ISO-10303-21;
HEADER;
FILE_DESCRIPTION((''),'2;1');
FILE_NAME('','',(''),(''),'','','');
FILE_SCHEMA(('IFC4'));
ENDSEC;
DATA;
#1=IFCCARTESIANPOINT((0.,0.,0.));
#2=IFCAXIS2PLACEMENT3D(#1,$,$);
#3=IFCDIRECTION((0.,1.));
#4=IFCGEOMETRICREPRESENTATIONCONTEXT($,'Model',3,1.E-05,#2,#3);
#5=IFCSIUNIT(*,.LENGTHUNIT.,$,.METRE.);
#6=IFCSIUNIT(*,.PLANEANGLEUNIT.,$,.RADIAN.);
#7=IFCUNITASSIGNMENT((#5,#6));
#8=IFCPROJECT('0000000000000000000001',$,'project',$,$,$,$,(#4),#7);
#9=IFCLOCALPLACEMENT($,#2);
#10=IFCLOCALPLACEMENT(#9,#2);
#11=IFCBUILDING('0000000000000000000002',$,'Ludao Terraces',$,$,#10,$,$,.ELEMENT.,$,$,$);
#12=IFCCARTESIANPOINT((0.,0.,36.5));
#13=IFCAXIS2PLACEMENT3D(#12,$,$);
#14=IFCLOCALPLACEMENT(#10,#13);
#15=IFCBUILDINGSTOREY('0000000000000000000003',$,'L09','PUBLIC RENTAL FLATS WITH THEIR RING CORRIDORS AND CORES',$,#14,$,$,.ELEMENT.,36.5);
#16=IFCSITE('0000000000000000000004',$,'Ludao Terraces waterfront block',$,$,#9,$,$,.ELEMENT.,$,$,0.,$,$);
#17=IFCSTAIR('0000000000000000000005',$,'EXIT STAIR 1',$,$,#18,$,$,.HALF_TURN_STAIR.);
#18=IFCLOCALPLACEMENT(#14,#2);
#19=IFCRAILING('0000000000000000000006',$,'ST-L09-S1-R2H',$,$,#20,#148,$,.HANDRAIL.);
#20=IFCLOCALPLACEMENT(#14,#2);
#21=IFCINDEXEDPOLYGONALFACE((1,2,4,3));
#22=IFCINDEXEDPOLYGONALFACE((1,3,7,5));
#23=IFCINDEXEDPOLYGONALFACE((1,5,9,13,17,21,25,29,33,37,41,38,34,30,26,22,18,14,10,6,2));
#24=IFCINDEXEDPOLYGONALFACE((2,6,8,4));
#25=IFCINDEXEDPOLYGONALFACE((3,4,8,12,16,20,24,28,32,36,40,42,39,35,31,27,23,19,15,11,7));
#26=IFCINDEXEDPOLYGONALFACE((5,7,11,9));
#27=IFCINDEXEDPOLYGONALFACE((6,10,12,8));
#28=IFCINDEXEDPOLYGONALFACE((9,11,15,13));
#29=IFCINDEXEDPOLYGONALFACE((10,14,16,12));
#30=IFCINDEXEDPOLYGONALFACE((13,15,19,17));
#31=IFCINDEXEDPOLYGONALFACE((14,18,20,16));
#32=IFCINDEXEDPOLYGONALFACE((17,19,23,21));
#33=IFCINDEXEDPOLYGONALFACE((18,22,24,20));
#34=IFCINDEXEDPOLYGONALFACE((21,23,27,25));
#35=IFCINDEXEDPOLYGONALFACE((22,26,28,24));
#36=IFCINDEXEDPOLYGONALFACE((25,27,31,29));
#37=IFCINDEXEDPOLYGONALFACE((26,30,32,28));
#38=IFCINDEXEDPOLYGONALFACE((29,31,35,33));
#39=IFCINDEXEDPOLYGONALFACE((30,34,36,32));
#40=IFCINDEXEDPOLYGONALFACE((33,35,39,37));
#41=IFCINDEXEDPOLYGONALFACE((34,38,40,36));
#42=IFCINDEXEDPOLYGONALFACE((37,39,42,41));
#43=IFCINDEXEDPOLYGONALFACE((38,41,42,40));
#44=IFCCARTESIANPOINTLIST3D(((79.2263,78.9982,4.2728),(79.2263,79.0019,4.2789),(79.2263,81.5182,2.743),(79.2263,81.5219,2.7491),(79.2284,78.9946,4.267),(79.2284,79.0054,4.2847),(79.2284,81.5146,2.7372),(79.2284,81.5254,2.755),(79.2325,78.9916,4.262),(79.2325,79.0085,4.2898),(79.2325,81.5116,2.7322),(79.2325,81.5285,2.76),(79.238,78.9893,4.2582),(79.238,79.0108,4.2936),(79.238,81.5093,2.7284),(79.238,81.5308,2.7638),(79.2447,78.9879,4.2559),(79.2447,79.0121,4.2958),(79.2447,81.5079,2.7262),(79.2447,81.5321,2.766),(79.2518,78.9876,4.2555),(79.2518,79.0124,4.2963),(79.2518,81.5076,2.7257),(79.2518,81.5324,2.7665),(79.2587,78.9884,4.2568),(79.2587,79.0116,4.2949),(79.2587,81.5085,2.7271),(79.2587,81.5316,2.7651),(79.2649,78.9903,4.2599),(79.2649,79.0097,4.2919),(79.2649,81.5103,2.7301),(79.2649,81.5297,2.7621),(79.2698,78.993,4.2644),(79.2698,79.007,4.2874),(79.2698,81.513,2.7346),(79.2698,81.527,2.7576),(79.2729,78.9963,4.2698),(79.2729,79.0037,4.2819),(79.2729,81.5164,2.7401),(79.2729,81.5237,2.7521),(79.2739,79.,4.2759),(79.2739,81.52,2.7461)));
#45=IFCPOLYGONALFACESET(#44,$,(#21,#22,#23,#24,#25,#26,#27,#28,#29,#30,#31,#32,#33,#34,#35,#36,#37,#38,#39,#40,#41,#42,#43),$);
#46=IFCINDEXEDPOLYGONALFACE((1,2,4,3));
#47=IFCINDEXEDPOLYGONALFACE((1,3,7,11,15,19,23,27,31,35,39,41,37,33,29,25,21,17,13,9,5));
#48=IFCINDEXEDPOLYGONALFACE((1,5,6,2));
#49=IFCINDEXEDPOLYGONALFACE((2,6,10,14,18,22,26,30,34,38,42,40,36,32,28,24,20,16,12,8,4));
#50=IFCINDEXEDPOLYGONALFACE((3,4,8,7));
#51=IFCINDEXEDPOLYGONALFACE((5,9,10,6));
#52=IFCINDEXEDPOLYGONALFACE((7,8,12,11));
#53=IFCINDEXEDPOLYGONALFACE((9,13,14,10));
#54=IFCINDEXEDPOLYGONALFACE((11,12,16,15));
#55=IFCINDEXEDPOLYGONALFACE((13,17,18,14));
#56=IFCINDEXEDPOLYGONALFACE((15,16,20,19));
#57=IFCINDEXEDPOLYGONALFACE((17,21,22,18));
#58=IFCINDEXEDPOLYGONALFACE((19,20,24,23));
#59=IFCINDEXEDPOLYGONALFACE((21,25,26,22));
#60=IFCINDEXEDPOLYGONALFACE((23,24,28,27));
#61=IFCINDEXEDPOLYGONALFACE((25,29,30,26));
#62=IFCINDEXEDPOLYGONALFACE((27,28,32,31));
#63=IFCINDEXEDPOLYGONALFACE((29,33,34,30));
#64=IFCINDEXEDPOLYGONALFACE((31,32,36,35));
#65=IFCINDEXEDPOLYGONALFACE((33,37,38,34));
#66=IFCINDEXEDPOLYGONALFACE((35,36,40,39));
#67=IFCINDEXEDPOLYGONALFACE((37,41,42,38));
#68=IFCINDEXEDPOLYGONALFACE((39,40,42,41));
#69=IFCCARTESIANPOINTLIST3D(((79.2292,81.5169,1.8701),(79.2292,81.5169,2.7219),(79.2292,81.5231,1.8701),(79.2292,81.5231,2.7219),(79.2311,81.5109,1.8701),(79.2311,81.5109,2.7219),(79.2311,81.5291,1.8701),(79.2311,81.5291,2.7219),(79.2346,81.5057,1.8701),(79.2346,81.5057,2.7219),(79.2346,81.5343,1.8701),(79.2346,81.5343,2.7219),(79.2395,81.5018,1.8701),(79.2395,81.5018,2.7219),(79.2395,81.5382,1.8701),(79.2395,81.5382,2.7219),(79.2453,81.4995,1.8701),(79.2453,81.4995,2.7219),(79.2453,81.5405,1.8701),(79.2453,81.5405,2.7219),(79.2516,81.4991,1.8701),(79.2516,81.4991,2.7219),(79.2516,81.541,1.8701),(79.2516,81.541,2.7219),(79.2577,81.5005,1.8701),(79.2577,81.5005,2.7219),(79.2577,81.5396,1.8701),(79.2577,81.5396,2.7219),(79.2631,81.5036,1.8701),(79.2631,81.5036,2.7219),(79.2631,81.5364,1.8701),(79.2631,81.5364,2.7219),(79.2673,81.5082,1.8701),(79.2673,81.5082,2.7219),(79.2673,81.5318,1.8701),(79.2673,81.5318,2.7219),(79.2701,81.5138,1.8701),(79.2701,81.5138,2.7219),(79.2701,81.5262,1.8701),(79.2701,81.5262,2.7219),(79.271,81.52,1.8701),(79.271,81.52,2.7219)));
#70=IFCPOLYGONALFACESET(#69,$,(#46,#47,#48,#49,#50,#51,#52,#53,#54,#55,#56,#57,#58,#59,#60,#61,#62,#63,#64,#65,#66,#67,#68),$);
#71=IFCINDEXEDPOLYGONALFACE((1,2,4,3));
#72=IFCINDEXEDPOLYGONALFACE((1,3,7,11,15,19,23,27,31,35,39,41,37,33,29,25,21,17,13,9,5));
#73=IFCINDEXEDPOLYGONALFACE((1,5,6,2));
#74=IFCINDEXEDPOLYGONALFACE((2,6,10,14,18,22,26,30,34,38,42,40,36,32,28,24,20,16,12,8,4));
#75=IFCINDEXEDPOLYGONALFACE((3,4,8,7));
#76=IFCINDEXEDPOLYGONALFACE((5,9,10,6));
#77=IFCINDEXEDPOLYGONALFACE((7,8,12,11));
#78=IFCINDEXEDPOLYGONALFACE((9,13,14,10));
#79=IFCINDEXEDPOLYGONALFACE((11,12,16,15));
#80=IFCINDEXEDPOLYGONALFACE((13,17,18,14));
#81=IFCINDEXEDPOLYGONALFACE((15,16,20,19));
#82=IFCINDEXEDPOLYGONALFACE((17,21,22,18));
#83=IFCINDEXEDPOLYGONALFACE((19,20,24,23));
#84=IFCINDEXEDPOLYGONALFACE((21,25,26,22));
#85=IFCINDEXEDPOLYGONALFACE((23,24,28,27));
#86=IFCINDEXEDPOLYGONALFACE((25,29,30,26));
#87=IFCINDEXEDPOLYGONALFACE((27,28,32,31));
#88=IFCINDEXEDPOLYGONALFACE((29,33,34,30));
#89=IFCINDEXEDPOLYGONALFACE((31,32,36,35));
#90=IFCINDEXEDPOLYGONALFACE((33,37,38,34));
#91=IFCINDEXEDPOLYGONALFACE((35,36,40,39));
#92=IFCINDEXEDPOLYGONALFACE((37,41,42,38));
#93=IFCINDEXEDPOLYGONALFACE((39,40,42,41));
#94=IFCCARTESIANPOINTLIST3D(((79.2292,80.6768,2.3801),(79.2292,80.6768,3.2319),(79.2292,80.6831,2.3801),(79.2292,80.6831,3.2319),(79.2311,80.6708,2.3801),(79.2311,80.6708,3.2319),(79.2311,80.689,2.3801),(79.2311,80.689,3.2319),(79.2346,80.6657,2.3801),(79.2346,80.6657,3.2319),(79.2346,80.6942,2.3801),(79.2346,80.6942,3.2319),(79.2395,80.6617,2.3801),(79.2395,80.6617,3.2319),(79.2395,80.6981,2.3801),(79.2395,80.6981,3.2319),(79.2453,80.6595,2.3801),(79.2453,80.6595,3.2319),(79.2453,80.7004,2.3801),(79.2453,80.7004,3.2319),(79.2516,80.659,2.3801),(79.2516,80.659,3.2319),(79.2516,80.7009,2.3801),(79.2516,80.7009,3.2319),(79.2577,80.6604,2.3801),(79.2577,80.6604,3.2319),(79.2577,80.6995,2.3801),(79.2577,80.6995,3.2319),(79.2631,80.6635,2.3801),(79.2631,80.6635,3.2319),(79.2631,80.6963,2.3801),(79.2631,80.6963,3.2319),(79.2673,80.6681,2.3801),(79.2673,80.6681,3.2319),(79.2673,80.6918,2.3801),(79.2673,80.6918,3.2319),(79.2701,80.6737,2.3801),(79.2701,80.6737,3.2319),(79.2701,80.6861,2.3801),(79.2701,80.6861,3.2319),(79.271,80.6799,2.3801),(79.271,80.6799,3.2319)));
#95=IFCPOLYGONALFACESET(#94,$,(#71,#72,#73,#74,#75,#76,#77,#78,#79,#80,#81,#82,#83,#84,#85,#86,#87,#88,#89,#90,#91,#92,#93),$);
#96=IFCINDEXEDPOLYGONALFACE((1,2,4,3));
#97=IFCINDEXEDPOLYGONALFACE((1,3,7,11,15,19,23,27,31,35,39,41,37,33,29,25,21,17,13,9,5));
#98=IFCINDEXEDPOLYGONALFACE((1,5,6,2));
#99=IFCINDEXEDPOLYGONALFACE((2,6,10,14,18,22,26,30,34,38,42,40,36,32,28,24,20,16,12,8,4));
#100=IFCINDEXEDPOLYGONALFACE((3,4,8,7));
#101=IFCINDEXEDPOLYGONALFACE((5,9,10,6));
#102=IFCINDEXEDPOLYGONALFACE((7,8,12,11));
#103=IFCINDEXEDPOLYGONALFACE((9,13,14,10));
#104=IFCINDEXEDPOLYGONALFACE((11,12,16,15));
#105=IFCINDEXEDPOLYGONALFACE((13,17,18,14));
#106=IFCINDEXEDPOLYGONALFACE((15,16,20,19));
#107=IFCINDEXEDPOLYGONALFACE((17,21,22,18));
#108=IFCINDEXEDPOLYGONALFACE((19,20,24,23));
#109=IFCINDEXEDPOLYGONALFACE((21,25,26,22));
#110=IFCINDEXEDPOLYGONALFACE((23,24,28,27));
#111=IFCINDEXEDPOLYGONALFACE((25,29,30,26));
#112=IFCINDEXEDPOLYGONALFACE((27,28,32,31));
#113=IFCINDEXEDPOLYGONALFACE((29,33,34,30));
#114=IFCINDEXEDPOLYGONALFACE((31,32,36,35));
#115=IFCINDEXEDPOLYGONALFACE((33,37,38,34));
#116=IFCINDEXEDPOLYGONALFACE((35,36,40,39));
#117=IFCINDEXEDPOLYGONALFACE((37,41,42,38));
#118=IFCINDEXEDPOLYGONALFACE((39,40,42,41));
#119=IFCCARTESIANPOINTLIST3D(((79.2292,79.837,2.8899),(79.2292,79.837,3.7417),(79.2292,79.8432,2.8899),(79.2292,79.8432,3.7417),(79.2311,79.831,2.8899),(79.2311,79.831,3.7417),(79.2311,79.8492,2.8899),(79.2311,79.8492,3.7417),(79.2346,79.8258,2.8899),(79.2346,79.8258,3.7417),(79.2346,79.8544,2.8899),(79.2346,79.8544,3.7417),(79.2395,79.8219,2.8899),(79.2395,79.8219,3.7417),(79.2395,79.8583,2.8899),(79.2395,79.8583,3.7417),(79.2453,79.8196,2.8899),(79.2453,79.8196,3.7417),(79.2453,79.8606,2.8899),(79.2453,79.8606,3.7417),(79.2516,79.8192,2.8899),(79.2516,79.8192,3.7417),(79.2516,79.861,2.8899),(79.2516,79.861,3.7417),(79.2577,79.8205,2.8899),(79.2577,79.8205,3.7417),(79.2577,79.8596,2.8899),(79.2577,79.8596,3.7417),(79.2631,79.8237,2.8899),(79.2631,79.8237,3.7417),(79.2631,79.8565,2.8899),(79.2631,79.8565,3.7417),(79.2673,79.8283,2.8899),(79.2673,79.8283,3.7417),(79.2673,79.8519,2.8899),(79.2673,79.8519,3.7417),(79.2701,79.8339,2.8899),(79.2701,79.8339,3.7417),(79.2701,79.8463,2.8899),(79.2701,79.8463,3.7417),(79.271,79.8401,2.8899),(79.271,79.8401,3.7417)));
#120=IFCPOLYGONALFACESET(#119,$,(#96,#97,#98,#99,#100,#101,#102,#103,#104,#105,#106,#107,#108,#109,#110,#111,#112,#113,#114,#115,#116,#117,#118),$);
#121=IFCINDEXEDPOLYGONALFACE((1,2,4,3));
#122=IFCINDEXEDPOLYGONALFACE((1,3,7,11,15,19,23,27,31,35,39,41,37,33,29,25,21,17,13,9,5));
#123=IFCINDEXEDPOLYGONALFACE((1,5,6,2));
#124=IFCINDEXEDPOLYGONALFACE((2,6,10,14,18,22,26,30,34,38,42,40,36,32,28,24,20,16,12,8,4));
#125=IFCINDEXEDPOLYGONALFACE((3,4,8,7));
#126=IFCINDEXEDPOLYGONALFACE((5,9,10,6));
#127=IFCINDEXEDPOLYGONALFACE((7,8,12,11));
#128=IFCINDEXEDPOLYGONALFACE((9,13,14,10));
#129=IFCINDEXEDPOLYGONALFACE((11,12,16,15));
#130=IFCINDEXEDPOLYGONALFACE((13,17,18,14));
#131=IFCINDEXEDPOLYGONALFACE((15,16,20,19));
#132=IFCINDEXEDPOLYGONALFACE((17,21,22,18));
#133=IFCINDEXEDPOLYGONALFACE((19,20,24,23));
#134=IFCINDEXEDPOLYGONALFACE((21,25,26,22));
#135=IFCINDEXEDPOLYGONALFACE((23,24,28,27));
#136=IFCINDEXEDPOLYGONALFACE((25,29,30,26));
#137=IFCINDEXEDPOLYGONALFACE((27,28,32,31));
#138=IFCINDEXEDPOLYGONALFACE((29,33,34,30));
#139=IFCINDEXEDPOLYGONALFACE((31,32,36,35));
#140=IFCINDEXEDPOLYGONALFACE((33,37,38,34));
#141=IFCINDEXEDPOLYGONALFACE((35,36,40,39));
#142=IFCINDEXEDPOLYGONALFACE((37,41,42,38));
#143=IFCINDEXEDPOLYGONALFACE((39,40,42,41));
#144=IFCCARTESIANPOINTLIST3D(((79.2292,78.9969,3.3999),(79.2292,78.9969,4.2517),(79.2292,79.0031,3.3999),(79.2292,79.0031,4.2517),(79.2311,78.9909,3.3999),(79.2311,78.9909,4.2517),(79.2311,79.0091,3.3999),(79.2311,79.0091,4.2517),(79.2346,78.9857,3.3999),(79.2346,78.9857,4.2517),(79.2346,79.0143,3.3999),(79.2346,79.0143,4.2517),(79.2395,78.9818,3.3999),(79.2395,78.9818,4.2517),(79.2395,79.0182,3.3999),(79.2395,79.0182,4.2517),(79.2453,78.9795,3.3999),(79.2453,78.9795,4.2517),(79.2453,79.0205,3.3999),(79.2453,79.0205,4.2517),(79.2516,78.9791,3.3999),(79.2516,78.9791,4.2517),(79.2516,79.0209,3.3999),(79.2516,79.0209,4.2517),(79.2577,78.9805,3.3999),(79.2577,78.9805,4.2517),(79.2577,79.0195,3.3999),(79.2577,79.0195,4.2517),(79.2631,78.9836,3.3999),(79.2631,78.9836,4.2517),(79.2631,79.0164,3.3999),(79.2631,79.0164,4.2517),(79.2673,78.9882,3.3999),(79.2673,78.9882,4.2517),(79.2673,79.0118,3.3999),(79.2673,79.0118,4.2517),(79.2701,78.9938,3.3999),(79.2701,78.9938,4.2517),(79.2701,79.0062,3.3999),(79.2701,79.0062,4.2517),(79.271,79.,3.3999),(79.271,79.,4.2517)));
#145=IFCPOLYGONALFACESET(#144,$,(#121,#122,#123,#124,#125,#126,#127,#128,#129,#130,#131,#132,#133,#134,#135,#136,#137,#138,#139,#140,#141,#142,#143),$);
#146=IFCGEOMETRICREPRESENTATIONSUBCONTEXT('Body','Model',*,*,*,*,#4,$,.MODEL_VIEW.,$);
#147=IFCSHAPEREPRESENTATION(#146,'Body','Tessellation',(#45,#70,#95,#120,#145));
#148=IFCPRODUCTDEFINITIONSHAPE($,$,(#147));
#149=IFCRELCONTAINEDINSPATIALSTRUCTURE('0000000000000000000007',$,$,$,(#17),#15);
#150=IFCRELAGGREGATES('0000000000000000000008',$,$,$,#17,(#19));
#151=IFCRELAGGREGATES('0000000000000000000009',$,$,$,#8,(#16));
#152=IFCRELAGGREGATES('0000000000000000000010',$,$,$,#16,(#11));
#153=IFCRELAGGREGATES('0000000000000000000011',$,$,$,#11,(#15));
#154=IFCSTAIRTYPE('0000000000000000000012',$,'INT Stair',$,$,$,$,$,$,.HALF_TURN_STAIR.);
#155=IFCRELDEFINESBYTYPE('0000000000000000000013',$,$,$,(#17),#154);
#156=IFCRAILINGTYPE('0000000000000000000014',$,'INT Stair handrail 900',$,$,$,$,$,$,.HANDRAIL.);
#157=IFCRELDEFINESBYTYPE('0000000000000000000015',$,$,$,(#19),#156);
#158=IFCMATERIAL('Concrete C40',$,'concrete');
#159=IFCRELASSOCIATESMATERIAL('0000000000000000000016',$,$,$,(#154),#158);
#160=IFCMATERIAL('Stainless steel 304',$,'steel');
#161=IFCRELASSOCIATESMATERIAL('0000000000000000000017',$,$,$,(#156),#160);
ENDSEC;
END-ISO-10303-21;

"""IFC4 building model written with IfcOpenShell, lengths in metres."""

from ifc_helpers import new_model, si_unit, direction, frame, origin, origin_2d, place, context, subcontext, project, spatial, circle, extrude, material, type_object, element, aggregate, save


model = new_model("IFC4")

# Units and contexts
model_context = context("Model", 3, precision=1e-05, world=origin(), true_north=direction((0.0, 1.0)))
body_context = subcontext(model_context, "Body", "Model", "MODEL_VIEW")
ifc_project = project(units=[si_unit("LENGTHUNIT", "METRE"), si_unit("PLANEANGLEUNIT", "RADIAN")], contexts=[model_context])

# Site, building, storey
site_placement = place(None, origin())
site = spatial("IfcSite", under=ifc_project, at=site_placement, Name="Ludao Terraces waterfront block", CompositionType="ELEMENT", RefElevation=0.0)
building_placement = place(site_placement, origin())
building = spatial("IfcBuilding", under=site, at=building_placement, Name="Ludao Terraces", CompositionType="ELEMENT")
storey_placement = place(building_placement, frame((0.0, 0.0, 36.5)))
storey = spatial("IfcBuildingStorey", under=building, at=storey_placement, Name="L09", Description="PUBLIC RENTAL FLATS WITH THEIR RING CORRIDORS AND CORES", CompositionType="ELEMENT", Elevation=36.5)

# Shared definitions
ifc_material_1 = material(Name="Stainless steel 304", Category="steel")

# Stair, railing
ifc_material_2 = material(Name="Concrete C40", Category="concrete")
stair_type = type_object("IfcStairType", Name="INT Stair", PredefinedType="HALF_TURN_STAIR", material=ifc_material_2)
stair_placement = place(storey_placement, origin())
stair = element("IfcStair", 1, at=stair_placement, inside=storey, type_object=stair_type, Name="EXIT STAIR 1", PredefinedType="HALF_TURN_STAIR")
railing_type_1 = type_object("IfcRailingType", Name="INT Stair handrail 900", PredefinedType="HANDRAIL", material=ifc_material_1)
railing_1_placement = place(storey_placement, frame((79.25, 81.52, 1.8701)))
railing_1 = element("IfcRailing", 2, at=railing_1_placement, type_object=railing_type_1, Name="ST-L09-S1-R2H", PredefinedType="HANDRAIL", context=body_context, shape_type="SweptSolid", body=[
    extrude(circle(Radius=0.0239, at=origin_2d()), frame((0.0, 0.0, 0.876), z_axis=(0.0, -0.854822, 0.518922), x_axis=(1.0, 0.0, 0.0)), (0.0, 0.0, 1.0), 2.948),
    extrude(circle(Radius=0.021, at=origin_2d()), origin(), (0.0, 0.0, 1.0), 0.8518),
    extrude(circle(Radius=0.021, at=origin_2d()), frame((0.0, -0.8401, 0.51)), (0.0, 0.0, 1.0), 0.8518),
    extrude(circle(Radius=0.021, at=origin_2d()), frame((0.0, -1.6799, 1.0198)), (0.0, 0.0, 1.0), 0.8518),
    extrude(circle(Radius=0.021, at=origin_2d()), frame((0.0, -2.52, 1.5298)), (0.0, 0.0, 1.0), 0.8518),
])
aggregate(stair, [railing_1])

save(model, "model.ifc")
